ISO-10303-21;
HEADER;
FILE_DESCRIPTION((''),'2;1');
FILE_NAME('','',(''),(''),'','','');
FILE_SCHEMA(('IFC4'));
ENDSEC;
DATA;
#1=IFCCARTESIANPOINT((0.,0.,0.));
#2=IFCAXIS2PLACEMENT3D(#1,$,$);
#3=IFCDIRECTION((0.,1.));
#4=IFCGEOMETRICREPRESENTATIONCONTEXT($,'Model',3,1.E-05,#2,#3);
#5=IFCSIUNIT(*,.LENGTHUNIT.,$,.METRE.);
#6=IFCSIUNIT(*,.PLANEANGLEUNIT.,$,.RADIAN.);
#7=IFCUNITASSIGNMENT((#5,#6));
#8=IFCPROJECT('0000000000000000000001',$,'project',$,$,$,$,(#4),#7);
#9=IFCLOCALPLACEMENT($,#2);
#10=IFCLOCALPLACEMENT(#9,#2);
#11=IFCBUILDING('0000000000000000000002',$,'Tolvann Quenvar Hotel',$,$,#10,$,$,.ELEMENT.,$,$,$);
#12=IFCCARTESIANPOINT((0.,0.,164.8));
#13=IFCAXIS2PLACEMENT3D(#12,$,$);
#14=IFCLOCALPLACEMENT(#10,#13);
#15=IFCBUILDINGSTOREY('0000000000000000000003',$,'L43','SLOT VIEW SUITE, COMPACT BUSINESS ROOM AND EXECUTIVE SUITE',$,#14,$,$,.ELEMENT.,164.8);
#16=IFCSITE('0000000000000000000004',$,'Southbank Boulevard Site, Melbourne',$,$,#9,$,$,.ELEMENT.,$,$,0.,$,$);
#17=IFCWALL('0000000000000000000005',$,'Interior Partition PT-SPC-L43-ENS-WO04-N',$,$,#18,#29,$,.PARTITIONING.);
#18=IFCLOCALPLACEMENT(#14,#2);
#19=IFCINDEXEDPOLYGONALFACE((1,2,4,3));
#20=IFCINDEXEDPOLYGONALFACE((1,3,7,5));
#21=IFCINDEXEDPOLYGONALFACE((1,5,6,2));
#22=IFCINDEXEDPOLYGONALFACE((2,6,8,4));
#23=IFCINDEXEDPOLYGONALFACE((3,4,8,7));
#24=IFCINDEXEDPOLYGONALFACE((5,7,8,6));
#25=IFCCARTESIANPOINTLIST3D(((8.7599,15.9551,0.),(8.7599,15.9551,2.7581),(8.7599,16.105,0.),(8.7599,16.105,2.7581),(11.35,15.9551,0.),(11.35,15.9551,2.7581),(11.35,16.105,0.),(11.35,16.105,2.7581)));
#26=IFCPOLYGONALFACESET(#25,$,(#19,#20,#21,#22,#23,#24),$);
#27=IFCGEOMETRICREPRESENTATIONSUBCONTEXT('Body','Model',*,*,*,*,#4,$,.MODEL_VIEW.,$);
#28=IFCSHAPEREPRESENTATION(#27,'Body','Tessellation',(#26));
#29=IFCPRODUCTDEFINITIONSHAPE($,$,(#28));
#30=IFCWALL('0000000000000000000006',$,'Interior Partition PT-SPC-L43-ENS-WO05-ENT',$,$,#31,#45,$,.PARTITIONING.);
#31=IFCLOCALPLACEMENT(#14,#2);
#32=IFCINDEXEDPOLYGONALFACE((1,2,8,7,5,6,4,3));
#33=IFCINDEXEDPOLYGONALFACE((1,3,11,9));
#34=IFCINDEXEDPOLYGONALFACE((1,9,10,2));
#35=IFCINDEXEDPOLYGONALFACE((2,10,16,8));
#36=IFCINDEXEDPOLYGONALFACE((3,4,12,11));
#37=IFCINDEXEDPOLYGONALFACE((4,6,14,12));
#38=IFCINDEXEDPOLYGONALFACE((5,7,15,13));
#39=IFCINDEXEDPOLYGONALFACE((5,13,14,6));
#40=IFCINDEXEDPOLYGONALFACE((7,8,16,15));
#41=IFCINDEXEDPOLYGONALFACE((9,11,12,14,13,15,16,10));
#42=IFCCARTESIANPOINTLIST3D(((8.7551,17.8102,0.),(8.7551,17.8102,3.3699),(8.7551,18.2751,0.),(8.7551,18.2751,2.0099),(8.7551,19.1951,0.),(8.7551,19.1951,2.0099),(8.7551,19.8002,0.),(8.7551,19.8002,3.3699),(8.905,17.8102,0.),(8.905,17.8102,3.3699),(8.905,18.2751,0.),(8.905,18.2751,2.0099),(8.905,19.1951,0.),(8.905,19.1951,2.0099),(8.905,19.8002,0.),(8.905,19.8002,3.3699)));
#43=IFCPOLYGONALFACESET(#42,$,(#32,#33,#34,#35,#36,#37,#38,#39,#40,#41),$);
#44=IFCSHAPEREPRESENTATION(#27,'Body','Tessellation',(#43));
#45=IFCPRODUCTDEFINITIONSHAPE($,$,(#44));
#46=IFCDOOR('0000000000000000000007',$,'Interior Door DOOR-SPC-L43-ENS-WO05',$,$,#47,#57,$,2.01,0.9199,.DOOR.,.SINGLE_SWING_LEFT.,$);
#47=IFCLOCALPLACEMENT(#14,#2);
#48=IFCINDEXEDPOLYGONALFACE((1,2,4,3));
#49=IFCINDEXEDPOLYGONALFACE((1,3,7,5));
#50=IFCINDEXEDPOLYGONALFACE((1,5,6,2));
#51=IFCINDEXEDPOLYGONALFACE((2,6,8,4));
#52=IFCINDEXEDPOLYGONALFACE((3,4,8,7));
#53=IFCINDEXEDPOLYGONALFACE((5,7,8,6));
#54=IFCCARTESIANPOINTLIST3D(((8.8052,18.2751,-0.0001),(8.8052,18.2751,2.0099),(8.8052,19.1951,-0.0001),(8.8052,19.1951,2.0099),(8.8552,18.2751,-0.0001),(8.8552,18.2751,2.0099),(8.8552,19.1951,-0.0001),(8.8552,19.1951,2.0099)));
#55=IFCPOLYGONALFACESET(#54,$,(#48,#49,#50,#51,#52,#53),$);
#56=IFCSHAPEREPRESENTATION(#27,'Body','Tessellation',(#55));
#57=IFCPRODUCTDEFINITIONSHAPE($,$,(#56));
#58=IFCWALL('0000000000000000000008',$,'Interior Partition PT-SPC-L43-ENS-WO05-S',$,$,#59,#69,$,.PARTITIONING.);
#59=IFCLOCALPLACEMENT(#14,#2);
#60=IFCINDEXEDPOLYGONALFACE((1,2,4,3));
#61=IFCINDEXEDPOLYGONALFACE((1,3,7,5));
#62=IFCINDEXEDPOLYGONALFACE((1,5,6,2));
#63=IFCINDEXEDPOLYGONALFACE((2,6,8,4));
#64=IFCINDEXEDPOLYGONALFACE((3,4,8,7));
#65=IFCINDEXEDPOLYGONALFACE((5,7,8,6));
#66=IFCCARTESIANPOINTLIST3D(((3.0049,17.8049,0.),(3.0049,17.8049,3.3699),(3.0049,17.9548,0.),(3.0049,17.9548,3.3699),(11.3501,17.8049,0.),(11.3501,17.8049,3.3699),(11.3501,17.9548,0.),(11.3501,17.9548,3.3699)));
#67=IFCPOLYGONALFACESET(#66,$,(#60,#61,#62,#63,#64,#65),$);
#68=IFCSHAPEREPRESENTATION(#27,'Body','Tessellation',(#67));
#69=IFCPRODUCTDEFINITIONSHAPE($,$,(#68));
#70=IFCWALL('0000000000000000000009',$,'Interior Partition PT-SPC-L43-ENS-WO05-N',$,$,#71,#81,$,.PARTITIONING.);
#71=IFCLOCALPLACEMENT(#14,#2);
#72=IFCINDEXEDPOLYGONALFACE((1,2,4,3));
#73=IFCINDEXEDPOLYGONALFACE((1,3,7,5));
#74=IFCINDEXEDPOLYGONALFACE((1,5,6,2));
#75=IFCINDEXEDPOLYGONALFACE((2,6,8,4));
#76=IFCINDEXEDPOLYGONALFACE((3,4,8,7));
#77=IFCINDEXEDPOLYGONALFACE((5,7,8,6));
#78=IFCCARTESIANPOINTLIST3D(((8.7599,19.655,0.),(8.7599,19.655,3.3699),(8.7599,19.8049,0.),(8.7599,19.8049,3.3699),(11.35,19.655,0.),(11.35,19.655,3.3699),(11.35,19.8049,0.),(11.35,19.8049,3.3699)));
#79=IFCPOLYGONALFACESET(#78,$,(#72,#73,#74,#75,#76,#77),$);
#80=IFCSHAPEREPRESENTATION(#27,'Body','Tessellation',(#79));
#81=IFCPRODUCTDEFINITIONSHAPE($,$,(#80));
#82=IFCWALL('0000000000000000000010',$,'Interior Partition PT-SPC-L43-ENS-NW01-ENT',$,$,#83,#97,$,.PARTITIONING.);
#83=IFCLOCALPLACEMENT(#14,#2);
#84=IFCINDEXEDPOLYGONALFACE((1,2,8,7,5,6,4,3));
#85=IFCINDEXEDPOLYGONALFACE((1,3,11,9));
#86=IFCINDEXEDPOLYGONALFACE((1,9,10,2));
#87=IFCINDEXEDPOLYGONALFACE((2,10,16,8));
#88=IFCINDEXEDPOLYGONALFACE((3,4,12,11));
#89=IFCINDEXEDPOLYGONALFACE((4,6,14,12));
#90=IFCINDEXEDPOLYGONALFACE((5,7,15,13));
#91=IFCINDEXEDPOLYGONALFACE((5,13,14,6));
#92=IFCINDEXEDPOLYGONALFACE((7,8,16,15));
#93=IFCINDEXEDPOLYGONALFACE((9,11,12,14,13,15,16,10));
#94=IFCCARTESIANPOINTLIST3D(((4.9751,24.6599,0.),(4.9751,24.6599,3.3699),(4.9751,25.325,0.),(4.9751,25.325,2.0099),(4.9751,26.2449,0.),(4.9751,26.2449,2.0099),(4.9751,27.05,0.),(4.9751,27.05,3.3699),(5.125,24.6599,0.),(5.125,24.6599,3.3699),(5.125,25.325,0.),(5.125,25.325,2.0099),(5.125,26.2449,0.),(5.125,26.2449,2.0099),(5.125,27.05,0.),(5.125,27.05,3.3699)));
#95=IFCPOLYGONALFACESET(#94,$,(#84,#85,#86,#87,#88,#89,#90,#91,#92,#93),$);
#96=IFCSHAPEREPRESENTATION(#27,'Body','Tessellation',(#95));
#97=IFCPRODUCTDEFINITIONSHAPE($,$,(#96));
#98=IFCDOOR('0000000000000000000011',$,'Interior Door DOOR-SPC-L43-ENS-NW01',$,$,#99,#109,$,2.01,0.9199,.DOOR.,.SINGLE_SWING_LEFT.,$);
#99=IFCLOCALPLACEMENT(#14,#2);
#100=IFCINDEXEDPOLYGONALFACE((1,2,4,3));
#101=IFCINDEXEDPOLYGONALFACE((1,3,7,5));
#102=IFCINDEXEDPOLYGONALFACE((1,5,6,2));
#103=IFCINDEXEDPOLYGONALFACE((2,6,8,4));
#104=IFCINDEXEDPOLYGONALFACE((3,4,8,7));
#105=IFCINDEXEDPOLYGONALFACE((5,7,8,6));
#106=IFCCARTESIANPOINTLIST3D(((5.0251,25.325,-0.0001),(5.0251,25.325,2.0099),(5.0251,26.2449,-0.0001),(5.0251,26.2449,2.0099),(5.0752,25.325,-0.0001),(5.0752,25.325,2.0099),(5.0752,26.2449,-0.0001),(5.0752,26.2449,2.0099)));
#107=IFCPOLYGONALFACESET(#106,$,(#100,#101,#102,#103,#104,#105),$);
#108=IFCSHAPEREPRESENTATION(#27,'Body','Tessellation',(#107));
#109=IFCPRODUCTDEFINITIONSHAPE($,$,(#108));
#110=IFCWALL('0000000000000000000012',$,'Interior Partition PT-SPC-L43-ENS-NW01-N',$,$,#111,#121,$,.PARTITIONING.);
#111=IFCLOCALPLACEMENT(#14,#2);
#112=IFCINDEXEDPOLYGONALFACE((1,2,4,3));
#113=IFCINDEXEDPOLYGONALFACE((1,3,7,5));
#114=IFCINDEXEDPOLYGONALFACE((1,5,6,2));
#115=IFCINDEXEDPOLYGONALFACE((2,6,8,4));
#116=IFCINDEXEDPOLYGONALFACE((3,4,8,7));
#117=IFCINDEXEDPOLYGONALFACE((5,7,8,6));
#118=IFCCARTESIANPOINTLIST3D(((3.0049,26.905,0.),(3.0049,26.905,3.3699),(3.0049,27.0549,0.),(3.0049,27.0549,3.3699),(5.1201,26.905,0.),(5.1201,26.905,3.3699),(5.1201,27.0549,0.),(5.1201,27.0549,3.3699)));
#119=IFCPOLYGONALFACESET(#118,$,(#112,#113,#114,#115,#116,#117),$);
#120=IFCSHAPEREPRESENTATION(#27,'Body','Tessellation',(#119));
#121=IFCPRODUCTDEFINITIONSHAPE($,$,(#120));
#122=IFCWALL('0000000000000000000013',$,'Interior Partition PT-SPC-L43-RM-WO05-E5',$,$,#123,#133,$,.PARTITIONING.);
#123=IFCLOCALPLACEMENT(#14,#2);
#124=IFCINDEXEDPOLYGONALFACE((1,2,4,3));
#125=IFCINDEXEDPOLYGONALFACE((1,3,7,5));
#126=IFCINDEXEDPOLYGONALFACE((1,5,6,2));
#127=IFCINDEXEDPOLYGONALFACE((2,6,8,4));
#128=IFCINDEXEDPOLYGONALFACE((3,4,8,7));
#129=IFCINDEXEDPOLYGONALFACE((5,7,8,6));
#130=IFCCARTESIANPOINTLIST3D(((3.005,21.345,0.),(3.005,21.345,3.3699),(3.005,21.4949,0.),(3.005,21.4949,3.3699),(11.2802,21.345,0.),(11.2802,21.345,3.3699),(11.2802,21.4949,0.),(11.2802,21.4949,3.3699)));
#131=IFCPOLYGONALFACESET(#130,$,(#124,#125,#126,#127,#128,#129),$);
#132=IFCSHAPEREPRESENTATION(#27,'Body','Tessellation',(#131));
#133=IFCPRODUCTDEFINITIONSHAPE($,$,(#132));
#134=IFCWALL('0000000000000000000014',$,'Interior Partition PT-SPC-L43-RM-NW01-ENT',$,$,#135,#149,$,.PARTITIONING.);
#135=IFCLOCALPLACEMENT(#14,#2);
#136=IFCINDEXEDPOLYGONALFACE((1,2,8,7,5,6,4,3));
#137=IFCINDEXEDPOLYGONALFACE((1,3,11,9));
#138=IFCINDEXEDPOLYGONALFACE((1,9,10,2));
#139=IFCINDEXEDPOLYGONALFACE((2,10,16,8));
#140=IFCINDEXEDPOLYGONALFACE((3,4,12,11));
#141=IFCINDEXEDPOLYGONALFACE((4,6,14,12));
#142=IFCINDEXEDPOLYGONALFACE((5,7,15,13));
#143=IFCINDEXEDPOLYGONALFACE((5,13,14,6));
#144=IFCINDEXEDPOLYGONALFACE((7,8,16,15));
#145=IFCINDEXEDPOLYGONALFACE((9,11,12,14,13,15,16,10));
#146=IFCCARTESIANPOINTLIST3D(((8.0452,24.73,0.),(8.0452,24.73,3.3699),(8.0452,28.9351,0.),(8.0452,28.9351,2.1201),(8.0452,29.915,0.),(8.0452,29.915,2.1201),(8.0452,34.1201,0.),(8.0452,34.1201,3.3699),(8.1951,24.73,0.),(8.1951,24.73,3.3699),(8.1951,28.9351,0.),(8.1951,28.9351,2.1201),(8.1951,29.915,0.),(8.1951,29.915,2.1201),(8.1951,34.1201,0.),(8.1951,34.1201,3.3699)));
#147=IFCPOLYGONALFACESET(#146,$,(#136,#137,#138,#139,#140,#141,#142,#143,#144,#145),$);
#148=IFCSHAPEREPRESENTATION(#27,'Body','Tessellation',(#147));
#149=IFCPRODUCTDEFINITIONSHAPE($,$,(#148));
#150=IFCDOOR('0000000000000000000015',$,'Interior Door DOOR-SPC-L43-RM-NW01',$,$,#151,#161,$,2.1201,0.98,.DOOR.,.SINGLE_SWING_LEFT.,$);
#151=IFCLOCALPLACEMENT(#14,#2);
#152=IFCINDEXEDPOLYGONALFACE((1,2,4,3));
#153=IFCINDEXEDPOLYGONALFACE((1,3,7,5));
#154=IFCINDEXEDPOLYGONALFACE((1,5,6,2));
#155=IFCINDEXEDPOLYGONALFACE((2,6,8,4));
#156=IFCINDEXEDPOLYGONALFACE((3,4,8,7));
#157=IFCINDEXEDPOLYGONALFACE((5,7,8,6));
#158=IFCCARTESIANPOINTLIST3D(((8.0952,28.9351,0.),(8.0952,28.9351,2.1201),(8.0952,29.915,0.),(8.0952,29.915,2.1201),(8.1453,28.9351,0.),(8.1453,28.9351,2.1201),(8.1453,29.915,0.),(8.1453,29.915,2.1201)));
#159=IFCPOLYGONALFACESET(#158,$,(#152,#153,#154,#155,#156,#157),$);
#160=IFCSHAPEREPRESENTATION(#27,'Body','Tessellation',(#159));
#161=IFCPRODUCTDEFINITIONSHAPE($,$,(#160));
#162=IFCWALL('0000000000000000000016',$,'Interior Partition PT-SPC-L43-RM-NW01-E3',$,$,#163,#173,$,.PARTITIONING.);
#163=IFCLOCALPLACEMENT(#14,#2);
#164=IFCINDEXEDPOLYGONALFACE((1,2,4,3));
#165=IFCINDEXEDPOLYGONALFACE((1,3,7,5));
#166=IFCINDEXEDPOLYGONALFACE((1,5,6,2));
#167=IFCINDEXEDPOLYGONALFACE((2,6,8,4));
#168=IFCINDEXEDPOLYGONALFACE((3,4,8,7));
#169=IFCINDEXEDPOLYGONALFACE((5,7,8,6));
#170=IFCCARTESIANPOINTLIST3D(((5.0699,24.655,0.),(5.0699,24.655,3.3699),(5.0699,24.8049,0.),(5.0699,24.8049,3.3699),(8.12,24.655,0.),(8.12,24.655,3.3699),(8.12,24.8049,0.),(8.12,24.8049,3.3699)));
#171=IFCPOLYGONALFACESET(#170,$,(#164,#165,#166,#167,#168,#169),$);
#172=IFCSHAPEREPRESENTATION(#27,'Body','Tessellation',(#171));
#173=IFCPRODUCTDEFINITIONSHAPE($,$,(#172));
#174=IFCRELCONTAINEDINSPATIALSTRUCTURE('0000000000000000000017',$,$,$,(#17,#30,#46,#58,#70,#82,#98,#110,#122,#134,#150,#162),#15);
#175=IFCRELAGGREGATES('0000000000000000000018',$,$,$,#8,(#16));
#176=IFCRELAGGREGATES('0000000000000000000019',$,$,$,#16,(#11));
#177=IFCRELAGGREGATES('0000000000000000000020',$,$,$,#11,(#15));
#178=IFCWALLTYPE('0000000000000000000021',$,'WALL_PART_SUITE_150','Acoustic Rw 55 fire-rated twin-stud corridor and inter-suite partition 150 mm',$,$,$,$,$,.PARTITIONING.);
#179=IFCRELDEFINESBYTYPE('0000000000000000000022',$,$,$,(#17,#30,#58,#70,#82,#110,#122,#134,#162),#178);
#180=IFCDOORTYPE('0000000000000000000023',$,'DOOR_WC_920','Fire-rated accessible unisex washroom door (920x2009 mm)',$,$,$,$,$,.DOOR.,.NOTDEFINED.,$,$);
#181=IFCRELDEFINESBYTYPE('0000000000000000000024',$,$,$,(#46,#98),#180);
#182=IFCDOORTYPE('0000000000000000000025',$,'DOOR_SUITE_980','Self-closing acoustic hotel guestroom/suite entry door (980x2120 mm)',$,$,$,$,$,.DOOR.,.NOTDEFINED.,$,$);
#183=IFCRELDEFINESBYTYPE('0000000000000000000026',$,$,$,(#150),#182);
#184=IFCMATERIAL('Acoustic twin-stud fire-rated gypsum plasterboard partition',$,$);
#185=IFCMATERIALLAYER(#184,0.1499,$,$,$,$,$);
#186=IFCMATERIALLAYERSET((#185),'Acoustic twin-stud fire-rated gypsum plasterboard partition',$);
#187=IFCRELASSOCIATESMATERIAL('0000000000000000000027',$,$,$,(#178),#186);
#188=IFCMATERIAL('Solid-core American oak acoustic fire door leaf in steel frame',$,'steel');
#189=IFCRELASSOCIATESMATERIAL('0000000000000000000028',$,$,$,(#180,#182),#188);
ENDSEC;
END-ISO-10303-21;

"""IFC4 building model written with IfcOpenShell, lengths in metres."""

from ifc_helpers import new_model, si_unit, direction, frame, frame_2d, origin, place, context, subcontext, project, spatial, rectangle, extrude, source, transform, mapped, material, layer, layer_set, type_object, type_shapes, element, fill, save


model = new_model("IFC4")

# Units and contexts
model_context = context("Model", 3, precision=1e-05, world=origin(), true_north=direction((0.0, 1.0)))
body_context = subcontext(model_context, "Body", "Model", "MODEL_VIEW")
ifc_project = project(units=[si_unit("LENGTHUNIT", "METRE"), si_unit("PLANEANGLEUNIT", "RADIAN")], contexts=[model_context])

# Site, building, storey
site_placement = place(None, origin())
site = spatial("IfcSite", under=ifc_project, at=site_placement, Name="Southbank Boulevard Site, Melbourne", CompositionType="ELEMENT", RefElevation=0.0)
building_placement = place(site_placement, origin())
building = spatial("IfcBuilding", under=site, at=building_placement, Name="Tolvann Quenvar Hotel", CompositionType="ELEMENT")
storey_placement = place(building_placement, frame((0.0, 0.0, 164.8)))
storey = spatial("IfcBuildingStorey", under=building, at=storey_placement, Name="L43", Description="SLOT VIEW SUITE, COMPACT BUSINESS ROOM AND EXECUTIVE SUITE", CompositionType="ELEMENT", Elevation=164.8)

# Shared definitions
ifc_material_1 = material(Name="Acoustic twin-stud fire-rated gypsum plasterboard partition")
ifc_material_2 = material(Name="Solid-core American oak acoustic fire door leaf in steel frame", Category="steel")

# Wall
ifc_layer_1 = layer(ifc_material_1, 0.1499)
ifc_layer_set_1 = layer_set([ifc_layer_1], Name="Acoustic twin-stud fire-rated gypsum plasterboard partition")
wall_type_1 = type_object("IfcWallType", Name="WALL_PART_SUITE_150", Description="Acoustic Rw 55 fire-rated twin-stud corridor and inter-suite partition 150 mm", PredefinedType="PARTITIONING", material=ifc_layer_set_1)
wall_1_placement = place(storey_placement, frame((8.76, 16.03, 0.0), z_axis=(0.0, 0.0, 1.0), x_axis=(1.0, 0.0, 0.0)))
element("IfcWall", 1, at=wall_1_placement, inside=storey, type_object=wall_type_1, Name="Interior Partition PT-SPC-L43-ENS-WO04-N", PredefinedType="PARTITIONING", context=body_context, shape_type="SweptSolid", body=[
    extrude(rectangle(XDim=2.5901, YDim=0.1499, at=frame_2d((1.2949, 0.0))), origin(), (0.0, 0.0, 1.0), 2.7581),
])

# Wall, opening, door
wall_2_placement = place(storey_placement, frame((8.8301, 17.8101, 0.0), z_axis=(0.0, 0.0, 1.0), x_axis=(0.0, 1.0, 0.0)))
wall_2 = element("IfcWall", 2, at=wall_2_placement, inside=storey, type_object=wall_type_1, Name="Interior Partition PT-SPC-L43-ENS-WO05-ENT", PredefinedType="PARTITIONING", context=body_context, shape_type="SweptSolid", body=[
    extrude(rectangle(XDim=1.99, YDim=0.1499, at=frame_2d((0.9951, 0.0))), origin(), (0.0, 0.0, 1.0), 3.3699),
])
opening_1_placement = place(wall_2_placement, frame((0.4651, 0.0, 0.0)))
opening_1 = element("IfcOpeningElement", 3, at=opening_1_placement, cuts=wall_2, PredefinedType="OPENING", context=body_context, shape_type="SweptSolid", body=[
    extrude(rectangle(XDim=0.9199, YDim=2.01, at=frame_2d((0.46, 1.0049))), frame((0.0, 0.085, 0.0), z_axis=(0.0, -1.0, 0.0), x_axis=(1.0, 0.0, 0.0)), (0.0, 0.0, 1.0), 0.1699),
])
door_type_1 = type_object("IfcDoorType", Name="DOOR_WC_920", Description="Fire-rated accessible unisex washroom door (920x2009 mm)", OperationType="NOTDEFINED", PredefinedType="DOOR", material=ifc_material_2)
shared_shape_1 = source(origin(), body_context, "Body", "SweptSolid", [
    extrude(rectangle(XDim=0.9199, YDim=2.01, at=frame_2d((0.46, 1.0049))), frame((0.0, 0.0249, 0.0), z_axis=(0.0, -1.0, 0.0), x_axis=(1.0, 0.0, 0.0)), (0.0, 0.0, 1.0), 0.05),
])
type_shapes(door_type_1, [shared_shape_1])
door_1_placement = place(opening_1_placement, origin())
door_1 = element("IfcDoor", 4, at=door_1_placement, inside=storey, type_object=door_type_1, Name="Interior Door DOOR-SPC-L43-ENS-WO05", OperationType="SINGLE_SWING_LEFT", OverallHeight=2.01, OverallWidth=0.9199, PredefinedType="DOOR", context=body_context, shape_type="MappedRepresentation", body=[
    mapped(shared_shape_1, transform((0.0, 0.0, 0.0), x_axis=(1.0, 0.0, 0.0), y_axis=(0.0, 1.0, 0.0), z_axis=(0.0, 0.0, 1.0), scale=1.0)),
])
fill(opening_1, door_1)

# Walls
wall_3_placement = place(storey_placement, frame((3.0049, 17.8799, 0.0), z_axis=(0.0, 0.0, 1.0), x_axis=(1.0, 0.0, 0.0)))
element("IfcWall", 5, at=wall_3_placement, inside=storey, type_object=wall_type_1, Name="Interior Partition PT-SPC-L43-ENS-WO05-S", PredefinedType="PARTITIONING", context=body_context, shape_type="SweptSolid", body=[
    extrude(rectangle(XDim=8.3452, YDim=0.1499, at=frame_2d((4.1726, 0.0))), origin(), (0.0, 0.0, 1.0), 3.3699),
])
wall_4_placement = place(storey_placement, frame((8.76, 19.73, 0.0), z_axis=(0.0, 0.0, 1.0), x_axis=(1.0, 0.0, 0.0)))
element("IfcWall", 6, at=wall_4_placement, inside=storey, type_object=wall_type_1, Name="Interior Partition PT-SPC-L43-ENS-WO05-N", PredefinedType="PARTITIONING", context=body_context, shape_type="SweptSolid", body=[
    extrude(rectangle(XDim=2.5901, YDim=0.1499, at=frame_2d((1.2949, 0.0))), origin(), (0.0, 0.0, 1.0), 3.3699),
])

# Wall, opening, door
wall_5_placement = place(storey_placement, frame((5.05, 24.6599, 0.0), z_axis=(0.0, 0.0, 1.0), x_axis=(0.0, 1.0, 0.0)))
wall_5 = element("IfcWall", 7, at=wall_5_placement, inside=storey, type_object=wall_type_1, Name="Interior Partition PT-SPC-L43-ENS-NW01-ENT", PredefinedType="PARTITIONING", context=body_context, shape_type="SweptSolid", body=[
    extrude(rectangle(XDim=2.3901, YDim=0.1499, at=frame_2d((1.1951, 0.0))), origin(), (0.0, 0.0, 1.0), 3.3699),
])
opening_2_placement = place(wall_5_placement, frame((0.665, 0.0, 0.0)))
opening_2 = element("IfcOpeningElement", 8, at=opening_2_placement, cuts=wall_5, PredefinedType="OPENING", context=body_context, shape_type="SweptSolid", body=[
    extrude(rectangle(XDim=0.9199, YDim=2.01, at=frame_2d((0.46, 1.0049))), frame((0.0, 0.085, 0.0), z_axis=(0.0, -1.0, 0.0), x_axis=(1.0, 0.0, 0.0)), (0.0, 0.0, 1.0), 0.1699),
])
door_2_placement = place(opening_2_placement, origin())
door_2 = element("IfcDoor", 9, at=door_2_placement, inside=storey, type_object=door_type_1, Name="Interior Door DOOR-SPC-L43-ENS-NW01", OperationType="SINGLE_SWING_LEFT", OverallHeight=2.01, OverallWidth=0.9199, PredefinedType="DOOR", context=body_context, shape_type="MappedRepresentation", body=[
    mapped(shared_shape_1, transform((0.0, 0.0, 0.0), x_axis=(1.0, 0.0, 0.0), y_axis=(0.0, 1.0, 0.0), z_axis=(0.0, 0.0, 1.0), scale=1.0)),
])
fill(opening_2, door_2)

# Wall
wall_6_placement = place(storey_placement, frame((3.0049, 26.98, 0.0), z_axis=(0.0, 0.0, 1.0), x_axis=(1.0, 0.0, 0.0)))
element("IfcWall", 10, at=wall_6_placement, inside=storey, type_object=wall_type_1, Name="Interior Partition PT-SPC-L43-ENS-NW01-N", PredefinedType="PARTITIONING", context=body_context, shape_type="SweptSolid", body=[
    extrude(rectangle(XDim=2.1152, YDim=0.1499, at=frame_2d((1.0576, 0.0))), origin(), (0.0, 0.0, 1.0), 3.3699),
])

# Shared definitions
door_type_2 = type_object("IfcDoorType", Name="DOOR_SUITE_980", Description="Self-closing acoustic hotel guestroom/suite entry door (980x2120 mm)", OperationType="NOTDEFINED", PredefinedType="DOOR", material=ifc_material_2)
shared_shape_2 = source(origin(), body_context, "Body", "SweptSolid", [
    extrude(rectangle(XDim=0.98, YDim=2.1201, at=frame_2d((0.49, 1.0601))), frame((0.0, 0.0249, 0.0), z_axis=(0.0, -1.0, 0.0), x_axis=(1.0, 0.0, 0.0)), (0.0, 0.0, 1.0), 0.05),
])
type_shapes(door_type_2, [shared_shape_2])

# Wall
wall_7_placement = place(storey_placement, frame((3.0049, 21.4199, 0.0), z_axis=(0.0, 0.0, 1.0), x_axis=(1.0, 0.0, 0.0)))
element("IfcWall", 11, at=wall_7_placement, inside=storey, type_object=wall_type_1, Name="Interior Partition PT-SPC-L43-RM-WO05-E5", PredefinedType="PARTITIONING", context=body_context, shape_type="SweptSolid", body=[
    extrude(rectangle(XDim=8.2751, YDim=0.1499, at=frame_2d((4.1377, 0.0))), origin(), (0.0, 0.0, 1.0), 3.3699),
])

# Wall, opening, door
wall_8_placement = place(storey_placement, frame((8.1201, 24.73, 0.0), z_axis=(0.0, 0.0, 1.0), x_axis=(0.0, 1.0, 0.0)))
wall_8 = element("IfcWall", 12, at=wall_8_placement, inside=storey, type_object=wall_type_1, Name="Interior Partition PT-SPC-L43-RM-NW01-ENT", PredefinedType="PARTITIONING", context=body_context, shape_type="SweptSolid", body=[
    extrude(rectangle(XDim=9.3901, YDim=0.1499, at=frame_2d((4.6951, 0.0))), origin(), (0.0, 0.0, 1.0), 3.3699),
])
opening_3_placement = place(wall_8_placement, frame((4.2051, 0.0, 0.0)))
opening_3 = element("IfcOpeningElement", 13, at=opening_3_placement, cuts=wall_8, PredefinedType="OPENING", context=body_context, shape_type="SweptSolid", body=[
    extrude(rectangle(XDim=0.98, YDim=2.1201, at=frame_2d((0.49, 1.0601))), frame((0.0, 0.085, 0.0), z_axis=(0.0, -1.0, 0.0), x_axis=(1.0, 0.0, 0.0)), (0.0, 0.0, 1.0), 0.1699),
])
door_3_placement = place(opening_3_placement, origin())
door_3 = element("IfcDoor", 14, at=door_3_placement, inside=storey, type_object=door_type_2, Name="Interior Door DOOR-SPC-L43-RM-NW01", OperationType="SINGLE_SWING_LEFT", OverallHeight=2.1201, OverallWidth=0.98, PredefinedType="DOOR", context=body_context, shape_type="MappedRepresentation", body=[
    mapped(shared_shape_2, transform((0.0, 0.0, 0.0), x_axis=(1.0, 0.0, 0.0), y_axis=(0.0, 1.0, 0.0), z_axis=(0.0, 0.0, 1.0), scale=1.0)),
])
fill(opening_3, door_3)

# Wall
wall_9_placement = place(storey_placement, frame((5.0701, 24.73, 0.0), z_axis=(0.0, 0.0, 1.0), x_axis=(1.0, 0.0, 0.0)))
element("IfcWall", 15, at=wall_9_placement, inside=storey, type_object=wall_type_1, Name="Interior Partition PT-SPC-L43-RM-NW01-E3", PredefinedType="PARTITIONING", context=body_context, shape_type="SweptSolid", body=[
    extrude(rectangle(XDim=3.05, YDim=0.1499, at=frame_2d((1.5249, 0.0))), origin(), (0.0, 0.0, 1.0), 3.3699),
])

save(model, "model.ifc")
